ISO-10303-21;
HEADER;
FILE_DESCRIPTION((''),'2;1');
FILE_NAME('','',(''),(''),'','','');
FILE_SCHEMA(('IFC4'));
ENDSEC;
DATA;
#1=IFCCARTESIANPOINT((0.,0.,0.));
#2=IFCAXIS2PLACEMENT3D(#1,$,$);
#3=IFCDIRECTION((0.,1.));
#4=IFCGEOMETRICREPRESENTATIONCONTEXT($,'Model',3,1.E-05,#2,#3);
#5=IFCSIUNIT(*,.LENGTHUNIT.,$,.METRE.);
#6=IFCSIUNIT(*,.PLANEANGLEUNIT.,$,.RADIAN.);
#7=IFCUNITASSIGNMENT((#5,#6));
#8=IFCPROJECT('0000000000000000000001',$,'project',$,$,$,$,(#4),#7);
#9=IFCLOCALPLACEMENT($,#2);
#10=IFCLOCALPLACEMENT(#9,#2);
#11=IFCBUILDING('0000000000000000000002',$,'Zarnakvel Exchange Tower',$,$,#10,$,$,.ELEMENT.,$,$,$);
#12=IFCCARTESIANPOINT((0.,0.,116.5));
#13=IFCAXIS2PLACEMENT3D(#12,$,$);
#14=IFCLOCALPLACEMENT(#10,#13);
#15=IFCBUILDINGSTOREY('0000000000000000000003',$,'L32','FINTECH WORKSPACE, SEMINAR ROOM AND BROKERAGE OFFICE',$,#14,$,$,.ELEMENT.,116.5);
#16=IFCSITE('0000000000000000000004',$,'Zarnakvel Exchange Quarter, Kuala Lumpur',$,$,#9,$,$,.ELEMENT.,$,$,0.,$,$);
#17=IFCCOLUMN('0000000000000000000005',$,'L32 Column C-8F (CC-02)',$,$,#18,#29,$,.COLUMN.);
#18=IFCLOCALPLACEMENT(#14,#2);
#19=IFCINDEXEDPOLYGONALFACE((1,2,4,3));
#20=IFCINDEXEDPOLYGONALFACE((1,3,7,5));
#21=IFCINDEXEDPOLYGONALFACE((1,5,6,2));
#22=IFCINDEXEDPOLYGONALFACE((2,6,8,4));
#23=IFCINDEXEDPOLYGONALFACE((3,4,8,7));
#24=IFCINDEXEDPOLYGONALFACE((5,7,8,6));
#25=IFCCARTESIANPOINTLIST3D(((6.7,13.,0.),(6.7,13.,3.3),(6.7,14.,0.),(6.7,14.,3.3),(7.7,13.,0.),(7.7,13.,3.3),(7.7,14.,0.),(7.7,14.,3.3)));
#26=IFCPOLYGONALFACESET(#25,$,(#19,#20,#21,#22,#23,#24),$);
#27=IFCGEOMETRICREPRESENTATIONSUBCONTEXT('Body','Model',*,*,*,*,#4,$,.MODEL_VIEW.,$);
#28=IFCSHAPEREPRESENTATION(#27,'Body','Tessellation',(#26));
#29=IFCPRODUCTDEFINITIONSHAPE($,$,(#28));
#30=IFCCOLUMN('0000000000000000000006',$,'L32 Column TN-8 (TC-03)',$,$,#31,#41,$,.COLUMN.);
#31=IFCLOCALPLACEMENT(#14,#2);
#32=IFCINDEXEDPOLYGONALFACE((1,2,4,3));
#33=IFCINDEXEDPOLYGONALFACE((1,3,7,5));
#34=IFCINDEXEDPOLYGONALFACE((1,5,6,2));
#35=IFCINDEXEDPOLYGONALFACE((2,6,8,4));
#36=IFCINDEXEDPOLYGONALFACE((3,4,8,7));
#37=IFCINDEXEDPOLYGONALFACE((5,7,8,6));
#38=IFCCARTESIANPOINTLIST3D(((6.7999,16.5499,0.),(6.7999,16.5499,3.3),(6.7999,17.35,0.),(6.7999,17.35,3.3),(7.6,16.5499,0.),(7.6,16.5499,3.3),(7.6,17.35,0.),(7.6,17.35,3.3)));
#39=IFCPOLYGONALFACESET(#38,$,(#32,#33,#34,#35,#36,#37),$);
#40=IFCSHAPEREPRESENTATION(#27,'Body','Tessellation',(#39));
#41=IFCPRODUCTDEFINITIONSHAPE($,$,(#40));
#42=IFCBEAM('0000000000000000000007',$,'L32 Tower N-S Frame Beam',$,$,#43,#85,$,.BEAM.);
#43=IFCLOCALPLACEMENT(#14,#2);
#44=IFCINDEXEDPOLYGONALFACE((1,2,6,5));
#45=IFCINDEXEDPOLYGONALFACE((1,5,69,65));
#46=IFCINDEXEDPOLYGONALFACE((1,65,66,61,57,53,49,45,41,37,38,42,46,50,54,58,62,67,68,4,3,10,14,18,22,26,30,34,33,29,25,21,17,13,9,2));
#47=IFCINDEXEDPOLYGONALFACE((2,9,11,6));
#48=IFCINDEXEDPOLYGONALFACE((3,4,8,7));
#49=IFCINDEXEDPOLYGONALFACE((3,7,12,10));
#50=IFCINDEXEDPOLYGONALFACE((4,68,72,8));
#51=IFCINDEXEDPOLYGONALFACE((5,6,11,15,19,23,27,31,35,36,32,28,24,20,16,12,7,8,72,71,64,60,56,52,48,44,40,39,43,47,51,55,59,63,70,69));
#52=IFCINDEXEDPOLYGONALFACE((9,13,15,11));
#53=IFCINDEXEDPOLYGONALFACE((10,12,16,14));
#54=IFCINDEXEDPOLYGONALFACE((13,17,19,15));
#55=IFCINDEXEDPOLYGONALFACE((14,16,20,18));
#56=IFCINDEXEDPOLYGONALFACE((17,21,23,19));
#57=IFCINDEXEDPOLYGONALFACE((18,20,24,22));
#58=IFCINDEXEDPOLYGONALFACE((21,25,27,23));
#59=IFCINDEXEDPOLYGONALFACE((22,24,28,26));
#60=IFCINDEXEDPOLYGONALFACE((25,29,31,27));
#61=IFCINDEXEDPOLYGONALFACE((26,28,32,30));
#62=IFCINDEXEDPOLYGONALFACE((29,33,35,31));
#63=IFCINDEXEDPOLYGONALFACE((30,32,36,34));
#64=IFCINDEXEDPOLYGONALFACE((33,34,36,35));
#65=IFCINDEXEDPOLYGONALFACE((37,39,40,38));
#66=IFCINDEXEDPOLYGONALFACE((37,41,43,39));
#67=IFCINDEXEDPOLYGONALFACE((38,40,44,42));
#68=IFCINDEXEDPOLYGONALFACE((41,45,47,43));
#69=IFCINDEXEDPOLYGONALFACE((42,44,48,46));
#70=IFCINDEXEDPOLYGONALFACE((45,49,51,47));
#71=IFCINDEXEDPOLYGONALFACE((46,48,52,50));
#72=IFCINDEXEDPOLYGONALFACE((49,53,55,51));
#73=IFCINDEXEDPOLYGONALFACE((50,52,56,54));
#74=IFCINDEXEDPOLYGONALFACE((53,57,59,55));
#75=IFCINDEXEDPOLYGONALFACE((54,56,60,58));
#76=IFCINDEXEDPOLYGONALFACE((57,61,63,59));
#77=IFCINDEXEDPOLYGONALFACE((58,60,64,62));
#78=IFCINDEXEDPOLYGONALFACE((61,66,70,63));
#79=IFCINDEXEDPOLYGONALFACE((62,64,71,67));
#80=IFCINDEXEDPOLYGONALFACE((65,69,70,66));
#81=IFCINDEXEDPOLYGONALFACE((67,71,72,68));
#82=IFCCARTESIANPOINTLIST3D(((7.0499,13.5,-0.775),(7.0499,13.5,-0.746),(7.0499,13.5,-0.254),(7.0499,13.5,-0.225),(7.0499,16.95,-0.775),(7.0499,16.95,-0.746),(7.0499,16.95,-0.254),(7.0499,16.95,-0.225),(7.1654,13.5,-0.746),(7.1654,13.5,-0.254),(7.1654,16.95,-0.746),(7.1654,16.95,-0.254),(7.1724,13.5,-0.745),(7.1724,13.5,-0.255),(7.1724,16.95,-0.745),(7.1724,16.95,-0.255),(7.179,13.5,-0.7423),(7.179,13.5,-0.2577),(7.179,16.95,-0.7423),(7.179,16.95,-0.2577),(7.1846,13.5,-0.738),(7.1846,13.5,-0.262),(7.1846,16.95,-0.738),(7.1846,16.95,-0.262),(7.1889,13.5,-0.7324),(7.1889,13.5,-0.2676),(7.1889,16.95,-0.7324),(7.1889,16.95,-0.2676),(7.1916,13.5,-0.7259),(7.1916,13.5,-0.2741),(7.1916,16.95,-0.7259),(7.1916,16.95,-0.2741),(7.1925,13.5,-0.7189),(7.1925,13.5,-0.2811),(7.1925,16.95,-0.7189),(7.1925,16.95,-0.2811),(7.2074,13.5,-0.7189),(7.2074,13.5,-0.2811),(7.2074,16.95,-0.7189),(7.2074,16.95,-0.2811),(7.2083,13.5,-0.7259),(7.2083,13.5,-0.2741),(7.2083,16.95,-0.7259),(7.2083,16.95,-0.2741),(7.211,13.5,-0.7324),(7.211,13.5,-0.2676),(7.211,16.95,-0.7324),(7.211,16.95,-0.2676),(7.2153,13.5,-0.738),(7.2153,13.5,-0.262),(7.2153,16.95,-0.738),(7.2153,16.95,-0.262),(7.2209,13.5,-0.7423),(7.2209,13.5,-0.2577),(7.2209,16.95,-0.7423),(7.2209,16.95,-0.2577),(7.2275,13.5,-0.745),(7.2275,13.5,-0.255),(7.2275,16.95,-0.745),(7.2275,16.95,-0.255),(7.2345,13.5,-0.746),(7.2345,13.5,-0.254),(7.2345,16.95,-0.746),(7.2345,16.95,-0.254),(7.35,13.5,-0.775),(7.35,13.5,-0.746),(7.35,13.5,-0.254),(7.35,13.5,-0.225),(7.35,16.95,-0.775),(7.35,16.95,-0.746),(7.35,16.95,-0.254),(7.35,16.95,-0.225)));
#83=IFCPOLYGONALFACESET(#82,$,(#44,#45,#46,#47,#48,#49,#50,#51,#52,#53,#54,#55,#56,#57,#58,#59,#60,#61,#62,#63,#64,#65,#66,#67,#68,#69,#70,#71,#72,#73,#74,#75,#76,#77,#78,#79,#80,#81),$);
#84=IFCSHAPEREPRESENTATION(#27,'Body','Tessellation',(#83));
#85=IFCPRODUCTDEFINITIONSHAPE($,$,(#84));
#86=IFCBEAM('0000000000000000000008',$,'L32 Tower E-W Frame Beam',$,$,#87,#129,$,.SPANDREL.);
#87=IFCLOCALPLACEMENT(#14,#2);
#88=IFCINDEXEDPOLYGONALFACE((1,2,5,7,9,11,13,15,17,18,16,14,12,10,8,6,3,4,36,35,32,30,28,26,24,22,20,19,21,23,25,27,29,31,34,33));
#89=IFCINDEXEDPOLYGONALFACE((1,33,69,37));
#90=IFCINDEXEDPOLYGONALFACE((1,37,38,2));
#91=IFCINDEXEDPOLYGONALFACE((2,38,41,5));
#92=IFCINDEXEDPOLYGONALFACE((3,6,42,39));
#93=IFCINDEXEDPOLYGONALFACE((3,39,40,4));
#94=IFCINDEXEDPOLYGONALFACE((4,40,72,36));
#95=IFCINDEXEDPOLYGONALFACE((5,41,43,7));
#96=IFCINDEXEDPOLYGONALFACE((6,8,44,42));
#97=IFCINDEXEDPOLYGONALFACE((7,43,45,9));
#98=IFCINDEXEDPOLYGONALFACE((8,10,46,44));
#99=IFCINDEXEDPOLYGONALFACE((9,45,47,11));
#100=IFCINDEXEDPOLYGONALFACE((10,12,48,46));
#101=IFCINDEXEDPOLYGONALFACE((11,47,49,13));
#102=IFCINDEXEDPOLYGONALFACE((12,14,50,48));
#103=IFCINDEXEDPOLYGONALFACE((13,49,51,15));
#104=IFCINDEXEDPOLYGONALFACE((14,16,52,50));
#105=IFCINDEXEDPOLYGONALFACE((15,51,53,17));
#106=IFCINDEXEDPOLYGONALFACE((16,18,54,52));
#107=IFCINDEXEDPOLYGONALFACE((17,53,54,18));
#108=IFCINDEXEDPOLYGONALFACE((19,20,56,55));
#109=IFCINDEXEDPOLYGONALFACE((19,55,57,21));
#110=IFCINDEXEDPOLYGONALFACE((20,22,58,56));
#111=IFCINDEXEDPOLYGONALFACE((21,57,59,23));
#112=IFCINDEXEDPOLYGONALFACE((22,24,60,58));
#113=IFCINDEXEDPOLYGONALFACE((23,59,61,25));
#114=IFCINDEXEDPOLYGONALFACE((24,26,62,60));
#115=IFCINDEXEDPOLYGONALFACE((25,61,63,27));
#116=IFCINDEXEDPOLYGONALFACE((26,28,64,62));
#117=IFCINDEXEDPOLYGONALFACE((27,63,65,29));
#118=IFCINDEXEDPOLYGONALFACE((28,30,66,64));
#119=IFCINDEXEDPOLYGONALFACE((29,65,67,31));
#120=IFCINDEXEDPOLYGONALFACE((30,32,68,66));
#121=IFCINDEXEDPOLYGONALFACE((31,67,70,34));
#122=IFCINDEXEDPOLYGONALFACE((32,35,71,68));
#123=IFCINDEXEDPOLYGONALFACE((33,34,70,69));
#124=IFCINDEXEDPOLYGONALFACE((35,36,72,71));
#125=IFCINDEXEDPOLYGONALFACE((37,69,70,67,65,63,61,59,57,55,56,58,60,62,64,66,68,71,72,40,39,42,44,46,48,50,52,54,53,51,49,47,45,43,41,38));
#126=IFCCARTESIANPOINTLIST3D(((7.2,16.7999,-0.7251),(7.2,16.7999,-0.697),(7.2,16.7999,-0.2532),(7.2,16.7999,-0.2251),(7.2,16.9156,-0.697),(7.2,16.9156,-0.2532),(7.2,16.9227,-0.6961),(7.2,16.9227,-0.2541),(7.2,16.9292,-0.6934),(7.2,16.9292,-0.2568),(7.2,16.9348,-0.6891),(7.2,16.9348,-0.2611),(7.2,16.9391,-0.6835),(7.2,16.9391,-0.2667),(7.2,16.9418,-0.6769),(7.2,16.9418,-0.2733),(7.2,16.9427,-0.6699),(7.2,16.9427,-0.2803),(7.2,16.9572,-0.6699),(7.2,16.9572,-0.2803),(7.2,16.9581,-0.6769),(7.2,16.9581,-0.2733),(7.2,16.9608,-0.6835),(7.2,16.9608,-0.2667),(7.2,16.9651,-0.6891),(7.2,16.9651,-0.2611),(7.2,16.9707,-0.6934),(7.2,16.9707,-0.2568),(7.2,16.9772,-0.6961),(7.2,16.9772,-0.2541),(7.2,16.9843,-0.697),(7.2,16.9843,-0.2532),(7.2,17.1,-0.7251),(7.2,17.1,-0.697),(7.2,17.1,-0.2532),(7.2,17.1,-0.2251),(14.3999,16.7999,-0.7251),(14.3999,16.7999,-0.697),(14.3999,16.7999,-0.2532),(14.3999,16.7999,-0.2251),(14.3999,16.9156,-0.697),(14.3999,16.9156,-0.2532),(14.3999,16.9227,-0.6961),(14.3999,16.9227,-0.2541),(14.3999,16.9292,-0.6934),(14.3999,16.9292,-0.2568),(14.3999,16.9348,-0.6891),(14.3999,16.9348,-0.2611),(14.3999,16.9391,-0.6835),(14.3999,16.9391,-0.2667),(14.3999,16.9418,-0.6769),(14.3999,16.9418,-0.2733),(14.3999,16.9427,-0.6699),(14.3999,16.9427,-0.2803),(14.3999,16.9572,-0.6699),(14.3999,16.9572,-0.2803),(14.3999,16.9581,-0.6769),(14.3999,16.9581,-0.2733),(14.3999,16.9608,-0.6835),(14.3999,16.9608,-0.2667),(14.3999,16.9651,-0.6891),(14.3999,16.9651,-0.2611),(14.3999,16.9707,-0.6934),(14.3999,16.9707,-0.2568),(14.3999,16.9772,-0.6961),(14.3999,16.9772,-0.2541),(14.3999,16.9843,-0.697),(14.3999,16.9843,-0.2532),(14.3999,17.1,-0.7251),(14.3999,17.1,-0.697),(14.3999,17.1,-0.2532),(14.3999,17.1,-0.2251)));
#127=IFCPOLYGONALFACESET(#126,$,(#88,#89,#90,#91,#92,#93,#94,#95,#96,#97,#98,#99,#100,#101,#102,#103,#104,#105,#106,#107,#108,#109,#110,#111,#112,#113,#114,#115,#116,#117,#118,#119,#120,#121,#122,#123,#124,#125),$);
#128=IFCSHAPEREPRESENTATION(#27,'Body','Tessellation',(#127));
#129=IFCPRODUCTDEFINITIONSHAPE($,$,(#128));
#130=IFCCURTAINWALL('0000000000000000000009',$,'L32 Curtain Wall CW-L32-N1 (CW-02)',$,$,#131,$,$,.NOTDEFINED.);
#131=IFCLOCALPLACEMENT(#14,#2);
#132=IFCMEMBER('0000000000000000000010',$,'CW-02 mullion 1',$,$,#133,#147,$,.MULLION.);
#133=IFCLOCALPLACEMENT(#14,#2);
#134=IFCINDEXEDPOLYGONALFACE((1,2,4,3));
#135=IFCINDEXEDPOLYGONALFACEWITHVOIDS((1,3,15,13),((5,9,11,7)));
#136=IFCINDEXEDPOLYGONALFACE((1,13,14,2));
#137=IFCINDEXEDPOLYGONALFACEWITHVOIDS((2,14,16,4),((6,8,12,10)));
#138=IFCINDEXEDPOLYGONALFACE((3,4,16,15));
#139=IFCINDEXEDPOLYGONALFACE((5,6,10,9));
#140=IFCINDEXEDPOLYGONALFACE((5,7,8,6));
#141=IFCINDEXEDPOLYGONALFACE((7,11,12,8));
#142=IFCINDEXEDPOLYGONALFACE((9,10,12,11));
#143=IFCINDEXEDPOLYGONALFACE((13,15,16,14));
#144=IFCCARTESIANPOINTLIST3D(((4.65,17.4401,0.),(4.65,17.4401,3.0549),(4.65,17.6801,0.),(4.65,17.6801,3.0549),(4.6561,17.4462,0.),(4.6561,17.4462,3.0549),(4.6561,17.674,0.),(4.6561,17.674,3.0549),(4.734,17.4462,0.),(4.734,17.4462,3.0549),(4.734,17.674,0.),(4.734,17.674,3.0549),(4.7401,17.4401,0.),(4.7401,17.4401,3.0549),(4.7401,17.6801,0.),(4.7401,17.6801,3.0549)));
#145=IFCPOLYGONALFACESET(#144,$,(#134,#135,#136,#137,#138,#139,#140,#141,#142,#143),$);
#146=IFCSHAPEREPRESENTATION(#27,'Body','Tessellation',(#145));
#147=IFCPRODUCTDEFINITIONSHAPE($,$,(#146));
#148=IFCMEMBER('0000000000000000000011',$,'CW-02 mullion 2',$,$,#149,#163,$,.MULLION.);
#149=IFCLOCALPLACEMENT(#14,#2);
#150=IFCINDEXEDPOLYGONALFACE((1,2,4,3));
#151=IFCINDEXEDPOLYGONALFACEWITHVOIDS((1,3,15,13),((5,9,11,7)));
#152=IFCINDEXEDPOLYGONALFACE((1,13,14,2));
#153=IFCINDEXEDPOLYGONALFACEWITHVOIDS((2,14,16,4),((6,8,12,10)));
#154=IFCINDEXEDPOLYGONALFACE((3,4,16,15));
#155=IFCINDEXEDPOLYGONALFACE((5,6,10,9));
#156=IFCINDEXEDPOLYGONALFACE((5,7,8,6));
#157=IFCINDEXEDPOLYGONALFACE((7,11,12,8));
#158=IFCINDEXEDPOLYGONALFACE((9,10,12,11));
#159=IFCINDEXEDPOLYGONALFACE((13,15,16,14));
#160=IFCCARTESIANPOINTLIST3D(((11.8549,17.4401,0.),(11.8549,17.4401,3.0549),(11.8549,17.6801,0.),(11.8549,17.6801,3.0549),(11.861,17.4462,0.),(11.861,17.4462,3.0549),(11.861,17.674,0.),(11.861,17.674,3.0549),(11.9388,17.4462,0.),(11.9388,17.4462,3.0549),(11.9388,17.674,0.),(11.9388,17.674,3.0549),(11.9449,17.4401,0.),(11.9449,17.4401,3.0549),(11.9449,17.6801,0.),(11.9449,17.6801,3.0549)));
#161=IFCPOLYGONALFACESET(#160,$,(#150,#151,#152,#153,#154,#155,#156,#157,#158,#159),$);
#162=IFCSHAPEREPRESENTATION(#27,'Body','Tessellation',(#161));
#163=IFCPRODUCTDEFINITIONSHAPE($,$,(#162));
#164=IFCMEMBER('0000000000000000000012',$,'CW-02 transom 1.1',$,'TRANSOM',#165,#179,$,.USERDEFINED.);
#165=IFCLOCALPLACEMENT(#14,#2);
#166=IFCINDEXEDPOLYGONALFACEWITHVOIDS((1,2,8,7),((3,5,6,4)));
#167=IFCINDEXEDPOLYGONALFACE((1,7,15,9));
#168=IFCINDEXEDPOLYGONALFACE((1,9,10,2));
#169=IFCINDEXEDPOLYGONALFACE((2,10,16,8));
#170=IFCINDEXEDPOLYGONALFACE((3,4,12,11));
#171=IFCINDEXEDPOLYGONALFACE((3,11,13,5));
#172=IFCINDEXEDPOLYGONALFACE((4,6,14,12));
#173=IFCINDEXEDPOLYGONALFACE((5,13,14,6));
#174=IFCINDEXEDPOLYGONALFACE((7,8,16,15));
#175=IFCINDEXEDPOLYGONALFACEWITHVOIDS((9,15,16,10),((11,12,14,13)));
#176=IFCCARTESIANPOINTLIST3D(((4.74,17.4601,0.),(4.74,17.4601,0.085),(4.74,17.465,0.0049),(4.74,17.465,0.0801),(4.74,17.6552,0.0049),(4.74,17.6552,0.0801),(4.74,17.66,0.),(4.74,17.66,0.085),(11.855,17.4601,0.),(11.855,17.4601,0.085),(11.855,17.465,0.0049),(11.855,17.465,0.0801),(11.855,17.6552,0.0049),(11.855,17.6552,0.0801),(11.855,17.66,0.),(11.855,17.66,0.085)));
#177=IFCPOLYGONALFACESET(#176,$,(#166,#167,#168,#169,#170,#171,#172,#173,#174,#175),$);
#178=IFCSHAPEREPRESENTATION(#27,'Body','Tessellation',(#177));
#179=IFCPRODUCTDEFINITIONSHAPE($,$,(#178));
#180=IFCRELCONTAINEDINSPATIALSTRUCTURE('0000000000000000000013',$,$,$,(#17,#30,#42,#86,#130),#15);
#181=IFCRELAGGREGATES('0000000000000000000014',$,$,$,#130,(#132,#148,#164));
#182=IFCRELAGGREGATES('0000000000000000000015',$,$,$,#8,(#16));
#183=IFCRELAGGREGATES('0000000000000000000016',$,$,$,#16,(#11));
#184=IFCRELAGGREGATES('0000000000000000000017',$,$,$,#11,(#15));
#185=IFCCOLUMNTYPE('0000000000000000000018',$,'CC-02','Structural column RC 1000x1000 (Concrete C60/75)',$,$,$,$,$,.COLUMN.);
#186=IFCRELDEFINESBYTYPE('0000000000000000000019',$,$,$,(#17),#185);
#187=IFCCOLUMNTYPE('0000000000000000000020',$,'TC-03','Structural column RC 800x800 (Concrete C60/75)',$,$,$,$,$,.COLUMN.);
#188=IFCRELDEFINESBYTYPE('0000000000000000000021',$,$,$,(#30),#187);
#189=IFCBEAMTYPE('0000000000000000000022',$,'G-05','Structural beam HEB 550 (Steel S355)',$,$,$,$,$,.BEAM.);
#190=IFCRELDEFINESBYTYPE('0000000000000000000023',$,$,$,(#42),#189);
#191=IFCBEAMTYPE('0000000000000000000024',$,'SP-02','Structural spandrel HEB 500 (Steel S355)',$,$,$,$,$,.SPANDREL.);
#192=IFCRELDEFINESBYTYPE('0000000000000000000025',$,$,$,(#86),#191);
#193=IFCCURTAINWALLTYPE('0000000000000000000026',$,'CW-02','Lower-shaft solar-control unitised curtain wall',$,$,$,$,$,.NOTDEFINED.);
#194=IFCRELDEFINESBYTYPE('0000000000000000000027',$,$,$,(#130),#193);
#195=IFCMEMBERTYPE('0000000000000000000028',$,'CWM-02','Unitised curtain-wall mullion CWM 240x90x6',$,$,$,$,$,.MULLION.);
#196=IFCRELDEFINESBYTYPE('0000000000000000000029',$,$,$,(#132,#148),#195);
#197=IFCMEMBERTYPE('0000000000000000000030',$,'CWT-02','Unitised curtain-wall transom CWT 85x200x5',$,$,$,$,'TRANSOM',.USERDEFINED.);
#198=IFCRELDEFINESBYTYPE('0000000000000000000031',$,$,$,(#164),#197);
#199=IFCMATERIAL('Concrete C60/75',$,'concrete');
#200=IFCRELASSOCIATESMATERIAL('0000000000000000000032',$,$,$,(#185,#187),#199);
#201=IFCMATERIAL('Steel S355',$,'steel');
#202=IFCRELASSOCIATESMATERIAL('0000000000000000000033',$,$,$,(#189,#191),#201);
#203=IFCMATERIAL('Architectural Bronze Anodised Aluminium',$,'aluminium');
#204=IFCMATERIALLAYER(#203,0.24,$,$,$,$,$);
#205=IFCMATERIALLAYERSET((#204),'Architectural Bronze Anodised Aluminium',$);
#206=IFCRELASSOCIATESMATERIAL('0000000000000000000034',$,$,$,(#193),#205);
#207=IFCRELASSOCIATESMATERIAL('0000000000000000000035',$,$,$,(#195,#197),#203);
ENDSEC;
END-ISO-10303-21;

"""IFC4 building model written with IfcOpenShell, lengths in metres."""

from ifc_helpers import new_model, si_unit, direction, frame, origin, origin_2d, place, context, subcontext, project, spatial, rectangle, hollow_rectangle, i_section, extrude, source, transform, mapped, material, layer, layer_set, material_profile, profile_set, type_object, element, aggregate, save


model = new_model("IFC4")

# Units and contexts
model_context = context("Model", 3, precision=1e-05, world=origin(), true_north=direction((0.0, 1.0)))
body_context = subcontext(model_context, "Body", "Model", "MODEL_VIEW")
ifc_project = project(units=[si_unit("LENGTHUNIT", "METRE"), si_unit("PLANEANGLEUNIT", "RADIAN")], contexts=[model_context])

# Site, building, storey
site_placement = place(None, origin())
site = spatial("IfcSite", under=ifc_project, at=site_placement, Name="Zarnakvel Exchange Quarter, Kuala Lumpur", CompositionType="ELEMENT", RefElevation=0.0)
building_placement = place(site_placement, origin())
building = spatial("IfcBuilding", under=site, at=building_placement, Name="Zarnakvel Exchange Tower", CompositionType="ELEMENT")
storey_placement = place(building_placement, frame((0.0, 0.0, 116.5)))
storey = spatial("IfcBuildingStorey", under=building, at=storey_placement, Name="L32", Description="FINTECH WORKSPACE, SEMINAR ROOM AND BROKERAGE OFFICE", CompositionType="ELEMENT", Elevation=116.5)

# Columns
ifc_material_1 = material(Name="Concrete C60/75", Category="concrete")
ifc_material_profile_1 = material_profile(ifc_material_1, rectangle(XDim=1.0, YDim=1.0, at=origin_2d()))
ifc_profile_set_1 = profile_set([ifc_material_profile_1], Name="Concrete C60/75")
column_type_1 = type_object("IfcColumnType", Name="CC-02", Description="Structural column RC 1000x1000 (Concrete C60/75)", PredefinedType="COLUMN", material=ifc_profile_set_1)
column_1_placement = place(storey_placement, frame((7.2, 13.5, 0.0), z_axis=(0.0, 0.0, 1.0), x_axis=(1.0, 0.0, 0.0)))
element("IfcColumn", 1, at=column_1_placement, inside=storey, type_object=column_type_1, Name="L32 Column C-8F (CC-02)", PredefinedType="COLUMN", context=body_context, shape_type="SweptSolid", body=[
    extrude(rectangle(XDim=1.0, YDim=1.0, at=origin_2d()), origin(), (0.0, 0.0, 1.0), 3.3),
])
ifc_material_profile_2 = material_profile(ifc_material_1, rectangle(XDim=0.8, YDim=0.8, at=origin_2d()))
ifc_profile_set_2 = profile_set([ifc_material_profile_2], Name="Concrete C60/75")
column_type_2 = type_object("IfcColumnType", Name="TC-03", Description="Structural column RC 800x800 (Concrete C60/75)", PredefinedType="COLUMN", material=ifc_profile_set_2)
column_2_placement = place(storey_placement, frame((7.2, 16.95, 0.0), z_axis=(0.0, 0.0, 1.0), x_axis=(1.0, 0.0, 0.0)))
element("IfcColumn", 2, at=column_2_placement, inside=storey, type_object=column_type_2, Name="L32 Column TN-8 (TC-03)", PredefinedType="COLUMN", context=body_context, shape_type="SweptSolid", body=[
    extrude(rectangle(XDim=0.8, YDim=0.8, at=origin_2d()), origin(), (0.0, 0.0, 1.0), 3.3),
])

# Beams
ifc_material_2 = material(Name="Steel S355", Category="steel")
ifc_material_profile_3 = material_profile(ifc_material_2, i_section(OverallWidth=0.3, OverallDepth=0.55, WebThickness=0.0149, FlangeThickness=0.0291, FilletRadius=0.0271, at=origin_2d()))
ifc_profile_set_3 = profile_set([ifc_material_profile_3], Name="Steel S355")
beam_type_1 = type_object("IfcBeamType", Name="G-05", Description="Structural beam HEB 550 (Steel S355)", PredefinedType="BEAM", material=ifc_profile_set_3)
beam_1_placement = place(storey_placement, frame((7.2, 13.5, -0.5), z_axis=(0.0, 1.0, 0.0), x_axis=(-1.0, 0.0, 0.0)))
element("IfcBeam", 3, at=beam_1_placement, inside=storey, type_object=beam_type_1, Name="L32 Tower N-S Frame Beam", PredefinedType="BEAM", context=body_context, shape_type="SweptSolid", body=[
    extrude(i_section(OverallWidth=0.3, OverallDepth=0.55, WebThickness=0.0149, FlangeThickness=0.0291, FilletRadius=0.0271, at=origin_2d()), origin(), (0.0, 0.0, 1.0), 3.45),
])
ifc_material_profile_4 = material_profile(ifc_material_2, i_section(OverallWidth=0.3, OverallDepth=0.5, WebThickness=0.0144, FlangeThickness=0.0281, FilletRadius=0.0271, at=origin_2d()))
ifc_profile_set_4 = profile_set([ifc_material_profile_4], Name="Steel S355")
beam_type_2 = type_object("IfcBeamType", Name="SP-02", Description="Structural spandrel HEB 500 (Steel S355)", PredefinedType="SPANDREL", material=ifc_profile_set_4)
beam_2_placement = place(storey_placement, frame((7.2, 16.95, -0.4751), z_axis=(1.0, 0.0, 0.0), x_axis=(0.0, 1.0, 0.0)))
element("IfcBeam", 4, at=beam_2_placement, inside=storey, type_object=beam_type_2, Name="L32 Tower E-W Frame Beam", PredefinedType="SPANDREL", context=body_context, shape_type="SweptSolid", body=[
    extrude(i_section(OverallWidth=0.3, OverallDepth=0.5, WebThickness=0.0144, FlangeThickness=0.0281, FilletRadius=0.0271, at=origin_2d()), origin(), (0.0, 0.0, 1.0), 7.2),
])

# Curtain wall, members
ifc_material_3 = material(Name="Architectural Bronze Anodised Aluminium", Category="aluminium")
ifc_layer_1 = layer(ifc_material_3, 0.24)
ifc_layer_set_1 = layer_set([ifc_layer_1], Name="Architectural Bronze Anodised Aluminium")
curtain_wall_type = type_object("IfcCurtainWallType", Name="CW-02", Description="Lower-shaft solar-control unitised curtain wall", PredefinedType="NOTDEFINED", material=ifc_layer_set_1)
curtain_wall_placement = place(storey_placement, origin())
curtain_wall = element("IfcCurtainWall", 5, at=curtain_wall_placement, inside=storey, type_object=curtain_wall_type, Name="L32 Curtain Wall CW-L32-N1 (CW-02)", PredefinedType="NOTDEFINED")
ifc_material_profile_5 = material_profile(ifc_material_3, hollow_rectangle(XDim=0.24, YDim=0.0901, WallThickness=0.0061, at=origin_2d()))
ifc_profile_set_5 = profile_set([ifc_material_profile_5], Name="Architectural Bronze Anodised Aluminium")
member_type_1 = type_object("IfcMemberType", Name="CWM-02", Description="Unitised curtain-wall mullion CWM 240x90x6", PredefinedType="MULLION", material=ifc_profile_set_5)
shared_shape_1 = source(origin(), body_context, "Body", "SweptSolid", [
    extrude(hollow_rectangle(XDim=0.24, YDim=0.0901, WallThickness=0.0061, at=origin_2d()), origin(), (0.0, 0.0, 1.0), 3.0549),
])
member_1_placement = place(storey_placement, frame((4.6951, 17.5601, 0.0), z_axis=(0.0, 0.0, 1.0), x_axis=(0.0, 1.0, 0.0)))
member_1 = element("IfcMember", 6, at=member_1_placement, type_object=member_type_1, Name="CW-02 mullion 1", PredefinedType="MULLION", context=body_context, shape_type="MappedRepresentation", body=[
    mapped(shared_shape_1, transform((0.0, 0.0, 0.0), x_axis=(1.0, 0.0, 0.0), y_axis=(0.0, 1.0, 0.0), z_axis=(0.0, 0.0, 1.0), scale=1.0)),
])
member_2_placement = place(storey_placement, frame((11.8999, 17.5601, 0.0), z_axis=(0.0, 0.0, 1.0), x_axis=(0.0, 1.0, 0.0)))
member_2 = element("IfcMember", 7, at=member_2_placement, type_object=member_type_1, Name="CW-02 mullion 2", PredefinedType="MULLION", context=body_context, shape_type="MappedRepresentation", body=[
    mapped(shared_shape_1, transform((0.0, 0.0, 0.0), x_axis=(1.0, 0.0, 0.0), y_axis=(0.0, 1.0, 0.0), z_axis=(0.0, 0.0, 1.0), scale=1.0)),
])
ifc_material_profile_6 = material_profile(ifc_material_3, hollow_rectangle(XDim=0.2, YDim=0.085, WallThickness=0.0049, at=origin_2d()))
ifc_profile_set_6 = profile_set([ifc_material_profile_6], Name="Architectural Bronze Anodised Aluminium")
member_type_2 = type_object("IfcMemberType", Name="CWT-02", Description="Unitised curtain-wall transom CWT 85x200x5", ElementType="TRANSOM", PredefinedType="USERDEFINED", material=ifc_profile_set_6)
shared_shape_2 = source(origin(), body_context, "Body", "SweptSolid", [
    extrude(hollow_rectangle(XDim=0.2, YDim=0.085, WallThickness=0.0049, at=origin_2d()), origin(), (0.0, 0.0, 1.0), 7.115),
])
member_3_placement = place(storey_placement, frame((4.74, 17.5601, 0.0425), z_axis=(1.0, 0.0, 0.0), x_axis=(0.0, 1.0, 0.0)))
member_3 = element("IfcMember", 8, at=member_3_placement, type_object=member_type_2, Name="CW-02 transom 1.1", ObjectType="TRANSOM", PredefinedType="USERDEFINED", context=body_context, shape_type="MappedRepresentation", body=[
    mapped(shared_shape_2, transform((0.0, 0.0, 0.0), x_axis=(1.0, 0.0, 0.0), y_axis=(0.0, 1.0, 0.0), z_axis=(0.0, 0.0, 1.0), scale=1.0)),
])
aggregate(curtain_wall, [member_1, member_2, member_3])

save(model, "model.ifc")
